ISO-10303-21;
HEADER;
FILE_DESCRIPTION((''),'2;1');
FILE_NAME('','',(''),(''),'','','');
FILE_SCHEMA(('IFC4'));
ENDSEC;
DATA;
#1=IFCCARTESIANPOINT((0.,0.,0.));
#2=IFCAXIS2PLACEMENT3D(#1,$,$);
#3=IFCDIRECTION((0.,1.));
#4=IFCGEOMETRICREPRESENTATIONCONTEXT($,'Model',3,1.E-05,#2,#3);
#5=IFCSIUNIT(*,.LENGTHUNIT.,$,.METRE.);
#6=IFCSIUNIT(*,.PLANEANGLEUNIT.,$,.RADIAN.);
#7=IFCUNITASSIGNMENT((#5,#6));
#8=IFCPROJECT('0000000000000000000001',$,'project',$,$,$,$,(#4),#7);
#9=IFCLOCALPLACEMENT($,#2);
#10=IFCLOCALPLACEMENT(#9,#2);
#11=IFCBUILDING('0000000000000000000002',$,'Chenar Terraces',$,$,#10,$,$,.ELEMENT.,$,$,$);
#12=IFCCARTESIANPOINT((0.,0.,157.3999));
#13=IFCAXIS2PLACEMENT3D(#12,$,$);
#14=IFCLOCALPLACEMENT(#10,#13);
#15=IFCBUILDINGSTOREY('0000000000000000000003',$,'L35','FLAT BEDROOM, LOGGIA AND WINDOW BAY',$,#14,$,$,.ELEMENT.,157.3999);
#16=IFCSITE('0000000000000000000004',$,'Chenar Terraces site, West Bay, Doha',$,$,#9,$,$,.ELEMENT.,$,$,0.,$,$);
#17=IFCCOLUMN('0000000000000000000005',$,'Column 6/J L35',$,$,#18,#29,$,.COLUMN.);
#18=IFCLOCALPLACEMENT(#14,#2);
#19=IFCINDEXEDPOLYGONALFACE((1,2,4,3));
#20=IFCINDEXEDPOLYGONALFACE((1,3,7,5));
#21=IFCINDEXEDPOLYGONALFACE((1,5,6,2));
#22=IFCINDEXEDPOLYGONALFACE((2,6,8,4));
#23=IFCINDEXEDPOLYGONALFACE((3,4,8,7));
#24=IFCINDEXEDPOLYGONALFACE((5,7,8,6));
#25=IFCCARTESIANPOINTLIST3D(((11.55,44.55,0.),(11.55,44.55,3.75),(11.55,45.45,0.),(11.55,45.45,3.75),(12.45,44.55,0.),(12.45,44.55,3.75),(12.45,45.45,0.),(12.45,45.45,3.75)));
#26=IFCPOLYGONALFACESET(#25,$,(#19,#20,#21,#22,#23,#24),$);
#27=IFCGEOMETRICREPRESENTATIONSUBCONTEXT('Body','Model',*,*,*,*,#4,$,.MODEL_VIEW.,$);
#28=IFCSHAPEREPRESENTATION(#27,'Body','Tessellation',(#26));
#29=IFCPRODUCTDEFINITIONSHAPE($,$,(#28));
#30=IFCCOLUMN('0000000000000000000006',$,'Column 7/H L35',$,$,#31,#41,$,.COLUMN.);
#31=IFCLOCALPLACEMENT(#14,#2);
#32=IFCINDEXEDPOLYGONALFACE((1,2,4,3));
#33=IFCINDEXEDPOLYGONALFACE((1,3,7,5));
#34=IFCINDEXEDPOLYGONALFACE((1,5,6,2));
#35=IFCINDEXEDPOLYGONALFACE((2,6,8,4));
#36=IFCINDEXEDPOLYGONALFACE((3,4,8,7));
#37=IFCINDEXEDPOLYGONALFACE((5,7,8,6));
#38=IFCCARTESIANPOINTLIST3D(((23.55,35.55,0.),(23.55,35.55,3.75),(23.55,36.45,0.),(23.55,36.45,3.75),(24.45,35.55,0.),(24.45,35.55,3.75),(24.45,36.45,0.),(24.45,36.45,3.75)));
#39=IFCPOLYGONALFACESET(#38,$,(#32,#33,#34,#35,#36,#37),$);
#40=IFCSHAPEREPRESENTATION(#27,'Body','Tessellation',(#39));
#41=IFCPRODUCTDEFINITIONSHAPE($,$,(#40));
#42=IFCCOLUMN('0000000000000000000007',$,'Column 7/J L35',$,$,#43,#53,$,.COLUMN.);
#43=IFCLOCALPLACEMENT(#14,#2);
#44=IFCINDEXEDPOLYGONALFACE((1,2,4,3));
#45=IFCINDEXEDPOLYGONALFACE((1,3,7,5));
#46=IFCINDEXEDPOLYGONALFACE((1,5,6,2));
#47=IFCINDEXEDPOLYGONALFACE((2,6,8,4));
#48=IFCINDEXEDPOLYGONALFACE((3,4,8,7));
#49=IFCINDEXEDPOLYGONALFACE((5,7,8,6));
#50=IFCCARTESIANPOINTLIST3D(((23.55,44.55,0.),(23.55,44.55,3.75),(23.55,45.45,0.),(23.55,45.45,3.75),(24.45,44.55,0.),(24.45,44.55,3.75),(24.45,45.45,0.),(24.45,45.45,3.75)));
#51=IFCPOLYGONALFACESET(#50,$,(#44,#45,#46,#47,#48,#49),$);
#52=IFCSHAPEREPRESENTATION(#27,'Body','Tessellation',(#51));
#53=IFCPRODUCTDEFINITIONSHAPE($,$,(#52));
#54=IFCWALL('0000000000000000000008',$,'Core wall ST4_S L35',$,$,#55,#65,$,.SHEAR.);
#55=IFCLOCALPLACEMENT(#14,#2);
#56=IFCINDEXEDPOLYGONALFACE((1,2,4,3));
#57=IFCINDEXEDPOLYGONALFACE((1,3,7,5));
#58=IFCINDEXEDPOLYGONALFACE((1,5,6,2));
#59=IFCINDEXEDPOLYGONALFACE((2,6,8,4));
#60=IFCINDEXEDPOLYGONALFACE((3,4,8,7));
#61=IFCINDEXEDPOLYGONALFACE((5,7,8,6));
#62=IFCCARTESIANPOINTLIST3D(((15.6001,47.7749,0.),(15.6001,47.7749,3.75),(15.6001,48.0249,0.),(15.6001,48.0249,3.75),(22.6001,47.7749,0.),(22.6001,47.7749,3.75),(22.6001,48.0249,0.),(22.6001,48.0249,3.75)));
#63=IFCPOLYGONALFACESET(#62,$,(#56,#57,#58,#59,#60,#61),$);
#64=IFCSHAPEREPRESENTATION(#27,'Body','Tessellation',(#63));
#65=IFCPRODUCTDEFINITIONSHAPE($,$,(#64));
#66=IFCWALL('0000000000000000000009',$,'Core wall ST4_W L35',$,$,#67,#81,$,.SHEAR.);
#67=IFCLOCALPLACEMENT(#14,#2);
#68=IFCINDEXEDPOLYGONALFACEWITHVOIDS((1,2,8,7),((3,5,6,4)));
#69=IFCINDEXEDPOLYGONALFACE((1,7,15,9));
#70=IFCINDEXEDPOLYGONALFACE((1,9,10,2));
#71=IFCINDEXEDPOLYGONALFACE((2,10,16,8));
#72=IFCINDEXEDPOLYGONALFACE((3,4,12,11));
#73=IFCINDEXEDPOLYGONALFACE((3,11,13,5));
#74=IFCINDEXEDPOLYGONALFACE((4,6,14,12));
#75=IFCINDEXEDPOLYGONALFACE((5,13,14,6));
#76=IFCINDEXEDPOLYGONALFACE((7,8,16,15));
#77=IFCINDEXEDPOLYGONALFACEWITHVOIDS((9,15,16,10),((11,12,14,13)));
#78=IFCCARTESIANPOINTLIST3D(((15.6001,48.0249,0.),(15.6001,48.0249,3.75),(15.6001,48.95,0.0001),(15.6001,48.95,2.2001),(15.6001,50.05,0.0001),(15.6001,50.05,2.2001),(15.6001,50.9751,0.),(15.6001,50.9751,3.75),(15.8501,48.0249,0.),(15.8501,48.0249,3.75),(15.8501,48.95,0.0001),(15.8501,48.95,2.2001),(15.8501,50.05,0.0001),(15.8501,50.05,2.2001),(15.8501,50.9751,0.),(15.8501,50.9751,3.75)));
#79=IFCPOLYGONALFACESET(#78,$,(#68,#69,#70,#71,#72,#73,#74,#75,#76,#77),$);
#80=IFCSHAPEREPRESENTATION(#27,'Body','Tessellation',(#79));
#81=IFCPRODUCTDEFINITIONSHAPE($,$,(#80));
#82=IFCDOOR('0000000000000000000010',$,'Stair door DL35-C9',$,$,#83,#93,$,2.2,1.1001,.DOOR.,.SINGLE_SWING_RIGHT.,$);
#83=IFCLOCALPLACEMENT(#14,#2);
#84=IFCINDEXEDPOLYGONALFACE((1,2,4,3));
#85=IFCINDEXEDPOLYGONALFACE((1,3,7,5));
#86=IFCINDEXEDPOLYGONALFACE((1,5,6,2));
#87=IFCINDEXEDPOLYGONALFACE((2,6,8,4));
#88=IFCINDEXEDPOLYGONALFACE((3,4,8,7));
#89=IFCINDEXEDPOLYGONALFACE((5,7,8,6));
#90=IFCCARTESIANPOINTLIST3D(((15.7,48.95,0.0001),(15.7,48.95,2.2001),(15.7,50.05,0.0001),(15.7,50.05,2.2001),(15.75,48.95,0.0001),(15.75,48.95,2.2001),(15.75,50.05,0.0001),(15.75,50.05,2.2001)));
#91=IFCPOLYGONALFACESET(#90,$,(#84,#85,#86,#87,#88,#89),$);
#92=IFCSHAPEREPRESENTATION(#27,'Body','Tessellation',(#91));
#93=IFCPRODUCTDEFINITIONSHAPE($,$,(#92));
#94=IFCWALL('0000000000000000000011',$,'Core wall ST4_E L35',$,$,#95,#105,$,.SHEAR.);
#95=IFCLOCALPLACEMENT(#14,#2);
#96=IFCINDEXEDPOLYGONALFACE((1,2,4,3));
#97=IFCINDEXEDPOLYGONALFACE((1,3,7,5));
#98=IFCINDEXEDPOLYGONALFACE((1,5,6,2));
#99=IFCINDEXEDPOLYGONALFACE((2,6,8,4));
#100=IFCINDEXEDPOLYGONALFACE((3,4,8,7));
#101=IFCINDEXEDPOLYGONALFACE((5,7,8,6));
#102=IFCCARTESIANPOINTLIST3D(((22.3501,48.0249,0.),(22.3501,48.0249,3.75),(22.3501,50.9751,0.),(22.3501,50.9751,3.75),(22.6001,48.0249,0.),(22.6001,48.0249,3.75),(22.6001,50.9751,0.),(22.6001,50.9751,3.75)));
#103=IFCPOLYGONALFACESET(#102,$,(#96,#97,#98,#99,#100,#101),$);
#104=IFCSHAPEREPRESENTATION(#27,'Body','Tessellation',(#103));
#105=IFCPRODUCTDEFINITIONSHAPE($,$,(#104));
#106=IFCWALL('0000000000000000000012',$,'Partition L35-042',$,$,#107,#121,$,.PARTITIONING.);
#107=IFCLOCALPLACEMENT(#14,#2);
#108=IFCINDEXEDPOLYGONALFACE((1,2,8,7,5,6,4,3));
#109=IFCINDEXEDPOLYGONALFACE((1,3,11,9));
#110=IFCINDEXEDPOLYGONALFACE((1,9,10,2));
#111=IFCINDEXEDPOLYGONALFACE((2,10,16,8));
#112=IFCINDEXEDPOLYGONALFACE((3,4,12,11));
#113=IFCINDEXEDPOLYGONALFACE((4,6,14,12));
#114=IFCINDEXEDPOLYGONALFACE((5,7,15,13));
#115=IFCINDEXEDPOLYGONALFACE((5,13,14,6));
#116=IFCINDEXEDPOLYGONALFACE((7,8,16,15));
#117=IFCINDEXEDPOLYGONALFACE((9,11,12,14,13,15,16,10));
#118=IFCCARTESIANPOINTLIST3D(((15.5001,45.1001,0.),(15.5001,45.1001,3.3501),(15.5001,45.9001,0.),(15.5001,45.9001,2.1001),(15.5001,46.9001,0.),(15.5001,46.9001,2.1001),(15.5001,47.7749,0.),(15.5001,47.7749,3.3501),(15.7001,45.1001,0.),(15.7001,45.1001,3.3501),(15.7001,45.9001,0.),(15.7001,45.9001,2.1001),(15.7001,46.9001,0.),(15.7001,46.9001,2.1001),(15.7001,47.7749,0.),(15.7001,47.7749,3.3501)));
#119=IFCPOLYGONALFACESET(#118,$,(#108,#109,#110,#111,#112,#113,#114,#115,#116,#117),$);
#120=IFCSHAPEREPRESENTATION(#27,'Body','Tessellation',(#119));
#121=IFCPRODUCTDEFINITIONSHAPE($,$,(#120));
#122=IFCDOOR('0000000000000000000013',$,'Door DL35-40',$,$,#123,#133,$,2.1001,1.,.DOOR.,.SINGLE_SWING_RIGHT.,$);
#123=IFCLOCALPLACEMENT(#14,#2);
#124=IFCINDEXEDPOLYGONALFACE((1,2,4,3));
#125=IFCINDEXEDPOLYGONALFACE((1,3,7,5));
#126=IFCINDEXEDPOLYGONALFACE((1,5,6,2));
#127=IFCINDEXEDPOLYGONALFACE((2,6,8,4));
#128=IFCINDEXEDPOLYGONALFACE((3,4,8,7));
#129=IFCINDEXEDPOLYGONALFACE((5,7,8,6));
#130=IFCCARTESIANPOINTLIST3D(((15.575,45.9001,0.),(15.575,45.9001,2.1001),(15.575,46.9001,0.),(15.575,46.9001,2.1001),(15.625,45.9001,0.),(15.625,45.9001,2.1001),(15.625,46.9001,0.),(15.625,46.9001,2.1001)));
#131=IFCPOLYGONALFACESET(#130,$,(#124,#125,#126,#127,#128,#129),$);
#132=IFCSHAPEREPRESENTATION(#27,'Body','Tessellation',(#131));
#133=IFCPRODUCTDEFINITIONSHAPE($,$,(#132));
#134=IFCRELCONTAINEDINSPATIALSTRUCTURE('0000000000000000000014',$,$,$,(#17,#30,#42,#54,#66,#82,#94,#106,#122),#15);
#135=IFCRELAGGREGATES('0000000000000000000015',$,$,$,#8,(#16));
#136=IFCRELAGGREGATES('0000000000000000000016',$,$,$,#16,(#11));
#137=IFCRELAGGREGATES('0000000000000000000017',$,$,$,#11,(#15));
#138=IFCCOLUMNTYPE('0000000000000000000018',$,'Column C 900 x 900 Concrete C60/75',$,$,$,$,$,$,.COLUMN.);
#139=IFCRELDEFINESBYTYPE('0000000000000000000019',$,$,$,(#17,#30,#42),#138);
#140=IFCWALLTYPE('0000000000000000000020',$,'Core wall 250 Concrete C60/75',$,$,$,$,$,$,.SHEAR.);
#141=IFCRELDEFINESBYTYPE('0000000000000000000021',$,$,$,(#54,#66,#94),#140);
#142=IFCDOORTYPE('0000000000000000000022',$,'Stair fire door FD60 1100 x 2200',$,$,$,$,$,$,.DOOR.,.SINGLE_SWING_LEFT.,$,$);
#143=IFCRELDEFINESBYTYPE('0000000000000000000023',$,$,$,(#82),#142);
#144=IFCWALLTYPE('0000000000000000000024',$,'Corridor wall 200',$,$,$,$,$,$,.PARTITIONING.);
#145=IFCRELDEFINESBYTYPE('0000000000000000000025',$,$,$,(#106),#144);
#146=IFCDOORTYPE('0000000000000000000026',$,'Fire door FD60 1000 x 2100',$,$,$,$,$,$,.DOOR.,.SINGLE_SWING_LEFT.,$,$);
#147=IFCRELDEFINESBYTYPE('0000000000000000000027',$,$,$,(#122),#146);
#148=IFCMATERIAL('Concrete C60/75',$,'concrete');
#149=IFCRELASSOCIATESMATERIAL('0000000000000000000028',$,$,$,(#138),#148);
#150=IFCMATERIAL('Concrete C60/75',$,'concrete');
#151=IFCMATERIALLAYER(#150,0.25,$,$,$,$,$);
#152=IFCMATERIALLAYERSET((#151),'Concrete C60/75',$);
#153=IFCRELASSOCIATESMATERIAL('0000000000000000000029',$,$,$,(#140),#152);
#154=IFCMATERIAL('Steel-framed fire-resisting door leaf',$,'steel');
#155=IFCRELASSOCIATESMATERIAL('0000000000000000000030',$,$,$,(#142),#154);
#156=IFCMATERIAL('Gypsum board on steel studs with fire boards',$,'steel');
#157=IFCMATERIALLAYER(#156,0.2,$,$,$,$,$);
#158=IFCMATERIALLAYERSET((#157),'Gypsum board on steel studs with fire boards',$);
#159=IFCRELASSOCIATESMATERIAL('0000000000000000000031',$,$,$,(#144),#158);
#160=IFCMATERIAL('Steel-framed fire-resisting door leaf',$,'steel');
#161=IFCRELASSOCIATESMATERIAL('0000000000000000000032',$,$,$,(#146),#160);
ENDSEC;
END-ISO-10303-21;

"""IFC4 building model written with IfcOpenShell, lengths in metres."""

from ifc_helpers import new_model, si_unit, direction, frame, frame_2d, origin, origin_2d, place, context, subcontext, project, spatial, rectangle, extrude, material, layer, layer_set, material_profile, profile_set, type_object, element, fill, save


model = new_model("IFC4")

# Units and contexts
model_context = context("Model", 3, precision=1e-05, world=origin(), true_north=direction((0.0, 1.0)))
body_context = subcontext(model_context, "Body", "Model", "MODEL_VIEW")
ifc_project = project(units=[si_unit("LENGTHUNIT", "METRE"), si_unit("PLANEANGLEUNIT", "RADIAN")], contexts=[model_context])

# Site, building, storey
site_placement = place(None, origin())
site = spatial("IfcSite", under=ifc_project, at=site_placement, Name="Chenar Terraces site, West Bay, Doha", CompositionType="ELEMENT", RefElevation=0.0)
building_placement = place(site_placement, origin())
building = spatial("IfcBuilding", under=site, at=building_placement, Name="Chenar Terraces", CompositionType="ELEMENT")
storey_placement = place(building_placement, frame((0.0, 0.0, 157.3999)))
storey = spatial("IfcBuildingStorey", under=building, at=storey_placement, Name="L35", Description="FLAT BEDROOM, LOGGIA AND WINDOW BAY", CompositionType="ELEMENT", Elevation=157.3999)

# Columns
ifc_material_1 = material(Name="Concrete C60/75", Category="concrete")
ifc_material_profile = material_profile(ifc_material_1, rectangle(XDim=0.8999, YDim=0.8999, at=origin_2d()), Name="C 900 x 900")
ifc_profile_set = profile_set([ifc_material_profile], Name="Concrete C60/75")
column_type = type_object("IfcColumnType", Name="Column C 900 x 900 Concrete C60/75", PredefinedType="COLUMN", material=ifc_profile_set)
for number, where, z_axis, x_axis, name in (
    (1, (12.0, 45.0, 0.0), (0.0, 0.0, 1.0), (1.0, 0.0, 0.0), "Column 6/J L35"),
    (2, (24.0, 36.0, 0.0), (0.0, 0.0, 1.0), (1.0, 0.0, 0.0), "Column 7/H L35"),
    (3, (24.0, 45.0, 0.0), (0.0, 0.0, 1.0), (1.0, 0.0, 0.0), "Column 7/J L35"),
):
    element("IfcColumn", number, at=place(storey_placement, frame(where, z_axis=z_axis, x_axis=x_axis)), inside=storey, type_object=column_type, Name=name, PredefinedType="COLUMN", context=body_context, shape_type="SweptSolid", body=[
        extrude(rectangle(XDim=0.8999, YDim=0.8999, at=origin_2d()), origin(), (0.0, 0.0, 1.0), 3.75),
    ])

# Wall
ifc_material_2 = material(Name="Concrete C60/75", Category="concrete")
ifc_layer_1 = layer(ifc_material_2, 0.25)
ifc_layer_set_1 = layer_set([ifc_layer_1], Name="Concrete C60/75")
wall_type_1 = type_object("IfcWallType", Name="Core wall 250 Concrete C60/75", PredefinedType="SHEAR", material=ifc_layer_set_1)
wall_1_placement = place(storey_placement, frame((15.6001, 47.8999, 0.0), z_axis=(0.0, 0.0, 1.0), x_axis=(1.0, 0.0, 0.0)))
element("IfcWall", 4, at=wall_1_placement, inside=storey, type_object=wall_type_1, Name="Core wall ST4_S L35", PredefinedType="SHEAR", context=body_context, shape_type="SweptSolid", body=[
    extrude(rectangle(XDim=7.0, YDim=0.25, at=frame_2d((3.5, 0.0))), origin(), (0.0, 0.0, 1.0), 3.75),
])

# Wall, opening, door
wall_2_placement = place(storey_placement, frame((15.7251, 48.0249, 0.0), z_axis=(0.0, 0.0, 1.0), x_axis=(0.0, 1.0, 0.0)))
wall_2 = element("IfcWall", 5, at=wall_2_placement, inside=storey, type_object=wall_type_1, Name="Core wall ST4_W L35", PredefinedType="SHEAR", context=body_context, shape_type="SweptSolid", body=[
    extrude(rectangle(XDim=2.9502, YDim=0.25, at=frame_2d((1.4751, 0.0))), origin(), (0.0, 0.0, 1.0), 3.75),
])
opening_1_placement = place(wall_2_placement, frame((0.925, 0.0, 0.0)))
opening_1 = element("IfcOpeningElement", 6, at=opening_1_placement, cuts=wall_2, PredefinedType="OPENING", context=body_context, shape_type="SweptSolid", body=[
    extrude(rectangle(XDim=1.1001, YDim=2.2, at=frame_2d((0.55, 1.1001))), frame((0.0, 0.135, 0.0), z_axis=(0.0, -1.0, 0.0), x_axis=(1.0, 0.0, 0.0)), (0.0, 0.0, 1.0), 0.27),
])
ifc_material_3 = material(Name="Steel-framed fire-resisting door leaf", Category="steel")
door_type_1 = type_object("IfcDoorType", Name="Stair fire door FD60 1100 x 2200", OperationType="SINGLE_SWING_LEFT", PredefinedType="DOOR", material=ifc_material_3)
door_1_placement = place(opening_1_placement, frame((1.1001, 0.0, 0.0), z_axis=(0.0, 0.0, 1.0), x_axis=(-1.0, 0.0, 0.0)))
door_1 = element("IfcDoor", 7, at=door_1_placement, inside=storey, type_object=door_type_1, Name="Stair door DL35-C9", OperationType="SINGLE_SWING_RIGHT", OverallHeight=2.2, OverallWidth=1.1001, PredefinedType="DOOR", context=body_context, shape_type="SweptSolid", body=[
    extrude(rectangle(XDim=1.1001, YDim=2.2, at=frame_2d((0.55, 1.1001))), frame((0.0, 0.0249, 0.0), z_axis=(0.0, -1.0, 0.0), x_axis=(1.0, 0.0, 0.0)), (0.0, 0.0, 1.0), 0.05),
])
fill(opening_1, door_1)

# Wall
wall_3_placement = place(storey_placement, frame((22.4751, 48.0249, 0.0), z_axis=(0.0, 0.0, 1.0), x_axis=(0.0, 1.0, 0.0)))
element("IfcWall", 8, at=wall_3_placement, inside=storey, type_object=wall_type_1, Name="Core wall ST4_E L35", PredefinedType="SHEAR", context=body_context, shape_type="SweptSolid", body=[
    extrude(rectangle(XDim=2.9502, YDim=0.25, at=frame_2d((1.4751, 0.0))), origin(), (0.0, 0.0, 1.0), 3.75),
])

# Wall, opening, door
ifc_material_4 = material(Name="Gypsum board on steel studs with fire boards", Category="steel")
ifc_layer_2 = layer(ifc_material_4, 0.2)
ifc_layer_set_2 = layer_set([ifc_layer_2], Name="Gypsum board on steel studs with fire boards")
wall_type_2 = type_object("IfcWallType", Name="Corridor wall 200", PredefinedType="PARTITIONING", material=ifc_layer_set_2)
wall_4_placement = place(storey_placement, frame((15.6001, 45.1001, 0.0), z_axis=(0.0, 0.0, 1.0), x_axis=(0.0, 1.0, 0.0)))
wall_4 = element("IfcWall", 9, at=wall_4_placement, inside=storey, type_object=wall_type_2, Name="Partition L35-042", PredefinedType="PARTITIONING", context=body_context, shape_type="SweptSolid", body=[
    extrude(rectangle(XDim=2.6748, YDim=0.2, at=frame_2d((1.3374, 0.0))), origin(), (0.0, 0.0, 1.0), 3.3501),
])
opening_2_placement = place(wall_4_placement, frame((0.8, 0.0, 0.0)))
opening_2 = element("IfcOpeningElement", 10, at=opening_2_placement, cuts=wall_4, PredefinedType="OPENING", context=body_context, shape_type="SweptSolid", body=[
    extrude(rectangle(XDim=1.0, YDim=2.1001, at=frame_2d((0.5, 1.05))), frame((0.0, 0.1099, 0.0), z_axis=(0.0, -1.0, 0.0), x_axis=(1.0, 0.0, 0.0)), (0.0, 0.0, 1.0), 0.22),
])
ifc_material_5 = material(Name="Steel-framed fire-resisting door leaf", Category="steel")
door_type_2 = type_object("IfcDoorType", Name="Fire door FD60 1000 x 2100", OperationType="SINGLE_SWING_LEFT", PredefinedType="DOOR", material=ifc_material_5)
door_2_placement = place(opening_2_placement, frame((1.0, 0.0, 0.0), z_axis=(0.0, 0.0, 1.0), x_axis=(-1.0, 0.0, 0.0)))
door_2 = element("IfcDoor", 11, at=door_2_placement, inside=storey, type_object=door_type_2, Name="Door DL35-40", OperationType="SINGLE_SWING_RIGHT", OverallHeight=2.1001, OverallWidth=1.0, PredefinedType="DOOR", context=body_context, shape_type="SweptSolid", body=[
    extrude(rectangle(XDim=1.0, YDim=2.1001, at=frame_2d((0.5, 1.05))), frame((0.0, 0.0249, 0.0), z_axis=(0.0, -1.0, 0.0), x_axis=(1.0, 0.0, 0.0)), (0.0, 0.0, 1.0), 0.05),
])
fill(opening_2, door_2)

save(model, "model.ifc")
